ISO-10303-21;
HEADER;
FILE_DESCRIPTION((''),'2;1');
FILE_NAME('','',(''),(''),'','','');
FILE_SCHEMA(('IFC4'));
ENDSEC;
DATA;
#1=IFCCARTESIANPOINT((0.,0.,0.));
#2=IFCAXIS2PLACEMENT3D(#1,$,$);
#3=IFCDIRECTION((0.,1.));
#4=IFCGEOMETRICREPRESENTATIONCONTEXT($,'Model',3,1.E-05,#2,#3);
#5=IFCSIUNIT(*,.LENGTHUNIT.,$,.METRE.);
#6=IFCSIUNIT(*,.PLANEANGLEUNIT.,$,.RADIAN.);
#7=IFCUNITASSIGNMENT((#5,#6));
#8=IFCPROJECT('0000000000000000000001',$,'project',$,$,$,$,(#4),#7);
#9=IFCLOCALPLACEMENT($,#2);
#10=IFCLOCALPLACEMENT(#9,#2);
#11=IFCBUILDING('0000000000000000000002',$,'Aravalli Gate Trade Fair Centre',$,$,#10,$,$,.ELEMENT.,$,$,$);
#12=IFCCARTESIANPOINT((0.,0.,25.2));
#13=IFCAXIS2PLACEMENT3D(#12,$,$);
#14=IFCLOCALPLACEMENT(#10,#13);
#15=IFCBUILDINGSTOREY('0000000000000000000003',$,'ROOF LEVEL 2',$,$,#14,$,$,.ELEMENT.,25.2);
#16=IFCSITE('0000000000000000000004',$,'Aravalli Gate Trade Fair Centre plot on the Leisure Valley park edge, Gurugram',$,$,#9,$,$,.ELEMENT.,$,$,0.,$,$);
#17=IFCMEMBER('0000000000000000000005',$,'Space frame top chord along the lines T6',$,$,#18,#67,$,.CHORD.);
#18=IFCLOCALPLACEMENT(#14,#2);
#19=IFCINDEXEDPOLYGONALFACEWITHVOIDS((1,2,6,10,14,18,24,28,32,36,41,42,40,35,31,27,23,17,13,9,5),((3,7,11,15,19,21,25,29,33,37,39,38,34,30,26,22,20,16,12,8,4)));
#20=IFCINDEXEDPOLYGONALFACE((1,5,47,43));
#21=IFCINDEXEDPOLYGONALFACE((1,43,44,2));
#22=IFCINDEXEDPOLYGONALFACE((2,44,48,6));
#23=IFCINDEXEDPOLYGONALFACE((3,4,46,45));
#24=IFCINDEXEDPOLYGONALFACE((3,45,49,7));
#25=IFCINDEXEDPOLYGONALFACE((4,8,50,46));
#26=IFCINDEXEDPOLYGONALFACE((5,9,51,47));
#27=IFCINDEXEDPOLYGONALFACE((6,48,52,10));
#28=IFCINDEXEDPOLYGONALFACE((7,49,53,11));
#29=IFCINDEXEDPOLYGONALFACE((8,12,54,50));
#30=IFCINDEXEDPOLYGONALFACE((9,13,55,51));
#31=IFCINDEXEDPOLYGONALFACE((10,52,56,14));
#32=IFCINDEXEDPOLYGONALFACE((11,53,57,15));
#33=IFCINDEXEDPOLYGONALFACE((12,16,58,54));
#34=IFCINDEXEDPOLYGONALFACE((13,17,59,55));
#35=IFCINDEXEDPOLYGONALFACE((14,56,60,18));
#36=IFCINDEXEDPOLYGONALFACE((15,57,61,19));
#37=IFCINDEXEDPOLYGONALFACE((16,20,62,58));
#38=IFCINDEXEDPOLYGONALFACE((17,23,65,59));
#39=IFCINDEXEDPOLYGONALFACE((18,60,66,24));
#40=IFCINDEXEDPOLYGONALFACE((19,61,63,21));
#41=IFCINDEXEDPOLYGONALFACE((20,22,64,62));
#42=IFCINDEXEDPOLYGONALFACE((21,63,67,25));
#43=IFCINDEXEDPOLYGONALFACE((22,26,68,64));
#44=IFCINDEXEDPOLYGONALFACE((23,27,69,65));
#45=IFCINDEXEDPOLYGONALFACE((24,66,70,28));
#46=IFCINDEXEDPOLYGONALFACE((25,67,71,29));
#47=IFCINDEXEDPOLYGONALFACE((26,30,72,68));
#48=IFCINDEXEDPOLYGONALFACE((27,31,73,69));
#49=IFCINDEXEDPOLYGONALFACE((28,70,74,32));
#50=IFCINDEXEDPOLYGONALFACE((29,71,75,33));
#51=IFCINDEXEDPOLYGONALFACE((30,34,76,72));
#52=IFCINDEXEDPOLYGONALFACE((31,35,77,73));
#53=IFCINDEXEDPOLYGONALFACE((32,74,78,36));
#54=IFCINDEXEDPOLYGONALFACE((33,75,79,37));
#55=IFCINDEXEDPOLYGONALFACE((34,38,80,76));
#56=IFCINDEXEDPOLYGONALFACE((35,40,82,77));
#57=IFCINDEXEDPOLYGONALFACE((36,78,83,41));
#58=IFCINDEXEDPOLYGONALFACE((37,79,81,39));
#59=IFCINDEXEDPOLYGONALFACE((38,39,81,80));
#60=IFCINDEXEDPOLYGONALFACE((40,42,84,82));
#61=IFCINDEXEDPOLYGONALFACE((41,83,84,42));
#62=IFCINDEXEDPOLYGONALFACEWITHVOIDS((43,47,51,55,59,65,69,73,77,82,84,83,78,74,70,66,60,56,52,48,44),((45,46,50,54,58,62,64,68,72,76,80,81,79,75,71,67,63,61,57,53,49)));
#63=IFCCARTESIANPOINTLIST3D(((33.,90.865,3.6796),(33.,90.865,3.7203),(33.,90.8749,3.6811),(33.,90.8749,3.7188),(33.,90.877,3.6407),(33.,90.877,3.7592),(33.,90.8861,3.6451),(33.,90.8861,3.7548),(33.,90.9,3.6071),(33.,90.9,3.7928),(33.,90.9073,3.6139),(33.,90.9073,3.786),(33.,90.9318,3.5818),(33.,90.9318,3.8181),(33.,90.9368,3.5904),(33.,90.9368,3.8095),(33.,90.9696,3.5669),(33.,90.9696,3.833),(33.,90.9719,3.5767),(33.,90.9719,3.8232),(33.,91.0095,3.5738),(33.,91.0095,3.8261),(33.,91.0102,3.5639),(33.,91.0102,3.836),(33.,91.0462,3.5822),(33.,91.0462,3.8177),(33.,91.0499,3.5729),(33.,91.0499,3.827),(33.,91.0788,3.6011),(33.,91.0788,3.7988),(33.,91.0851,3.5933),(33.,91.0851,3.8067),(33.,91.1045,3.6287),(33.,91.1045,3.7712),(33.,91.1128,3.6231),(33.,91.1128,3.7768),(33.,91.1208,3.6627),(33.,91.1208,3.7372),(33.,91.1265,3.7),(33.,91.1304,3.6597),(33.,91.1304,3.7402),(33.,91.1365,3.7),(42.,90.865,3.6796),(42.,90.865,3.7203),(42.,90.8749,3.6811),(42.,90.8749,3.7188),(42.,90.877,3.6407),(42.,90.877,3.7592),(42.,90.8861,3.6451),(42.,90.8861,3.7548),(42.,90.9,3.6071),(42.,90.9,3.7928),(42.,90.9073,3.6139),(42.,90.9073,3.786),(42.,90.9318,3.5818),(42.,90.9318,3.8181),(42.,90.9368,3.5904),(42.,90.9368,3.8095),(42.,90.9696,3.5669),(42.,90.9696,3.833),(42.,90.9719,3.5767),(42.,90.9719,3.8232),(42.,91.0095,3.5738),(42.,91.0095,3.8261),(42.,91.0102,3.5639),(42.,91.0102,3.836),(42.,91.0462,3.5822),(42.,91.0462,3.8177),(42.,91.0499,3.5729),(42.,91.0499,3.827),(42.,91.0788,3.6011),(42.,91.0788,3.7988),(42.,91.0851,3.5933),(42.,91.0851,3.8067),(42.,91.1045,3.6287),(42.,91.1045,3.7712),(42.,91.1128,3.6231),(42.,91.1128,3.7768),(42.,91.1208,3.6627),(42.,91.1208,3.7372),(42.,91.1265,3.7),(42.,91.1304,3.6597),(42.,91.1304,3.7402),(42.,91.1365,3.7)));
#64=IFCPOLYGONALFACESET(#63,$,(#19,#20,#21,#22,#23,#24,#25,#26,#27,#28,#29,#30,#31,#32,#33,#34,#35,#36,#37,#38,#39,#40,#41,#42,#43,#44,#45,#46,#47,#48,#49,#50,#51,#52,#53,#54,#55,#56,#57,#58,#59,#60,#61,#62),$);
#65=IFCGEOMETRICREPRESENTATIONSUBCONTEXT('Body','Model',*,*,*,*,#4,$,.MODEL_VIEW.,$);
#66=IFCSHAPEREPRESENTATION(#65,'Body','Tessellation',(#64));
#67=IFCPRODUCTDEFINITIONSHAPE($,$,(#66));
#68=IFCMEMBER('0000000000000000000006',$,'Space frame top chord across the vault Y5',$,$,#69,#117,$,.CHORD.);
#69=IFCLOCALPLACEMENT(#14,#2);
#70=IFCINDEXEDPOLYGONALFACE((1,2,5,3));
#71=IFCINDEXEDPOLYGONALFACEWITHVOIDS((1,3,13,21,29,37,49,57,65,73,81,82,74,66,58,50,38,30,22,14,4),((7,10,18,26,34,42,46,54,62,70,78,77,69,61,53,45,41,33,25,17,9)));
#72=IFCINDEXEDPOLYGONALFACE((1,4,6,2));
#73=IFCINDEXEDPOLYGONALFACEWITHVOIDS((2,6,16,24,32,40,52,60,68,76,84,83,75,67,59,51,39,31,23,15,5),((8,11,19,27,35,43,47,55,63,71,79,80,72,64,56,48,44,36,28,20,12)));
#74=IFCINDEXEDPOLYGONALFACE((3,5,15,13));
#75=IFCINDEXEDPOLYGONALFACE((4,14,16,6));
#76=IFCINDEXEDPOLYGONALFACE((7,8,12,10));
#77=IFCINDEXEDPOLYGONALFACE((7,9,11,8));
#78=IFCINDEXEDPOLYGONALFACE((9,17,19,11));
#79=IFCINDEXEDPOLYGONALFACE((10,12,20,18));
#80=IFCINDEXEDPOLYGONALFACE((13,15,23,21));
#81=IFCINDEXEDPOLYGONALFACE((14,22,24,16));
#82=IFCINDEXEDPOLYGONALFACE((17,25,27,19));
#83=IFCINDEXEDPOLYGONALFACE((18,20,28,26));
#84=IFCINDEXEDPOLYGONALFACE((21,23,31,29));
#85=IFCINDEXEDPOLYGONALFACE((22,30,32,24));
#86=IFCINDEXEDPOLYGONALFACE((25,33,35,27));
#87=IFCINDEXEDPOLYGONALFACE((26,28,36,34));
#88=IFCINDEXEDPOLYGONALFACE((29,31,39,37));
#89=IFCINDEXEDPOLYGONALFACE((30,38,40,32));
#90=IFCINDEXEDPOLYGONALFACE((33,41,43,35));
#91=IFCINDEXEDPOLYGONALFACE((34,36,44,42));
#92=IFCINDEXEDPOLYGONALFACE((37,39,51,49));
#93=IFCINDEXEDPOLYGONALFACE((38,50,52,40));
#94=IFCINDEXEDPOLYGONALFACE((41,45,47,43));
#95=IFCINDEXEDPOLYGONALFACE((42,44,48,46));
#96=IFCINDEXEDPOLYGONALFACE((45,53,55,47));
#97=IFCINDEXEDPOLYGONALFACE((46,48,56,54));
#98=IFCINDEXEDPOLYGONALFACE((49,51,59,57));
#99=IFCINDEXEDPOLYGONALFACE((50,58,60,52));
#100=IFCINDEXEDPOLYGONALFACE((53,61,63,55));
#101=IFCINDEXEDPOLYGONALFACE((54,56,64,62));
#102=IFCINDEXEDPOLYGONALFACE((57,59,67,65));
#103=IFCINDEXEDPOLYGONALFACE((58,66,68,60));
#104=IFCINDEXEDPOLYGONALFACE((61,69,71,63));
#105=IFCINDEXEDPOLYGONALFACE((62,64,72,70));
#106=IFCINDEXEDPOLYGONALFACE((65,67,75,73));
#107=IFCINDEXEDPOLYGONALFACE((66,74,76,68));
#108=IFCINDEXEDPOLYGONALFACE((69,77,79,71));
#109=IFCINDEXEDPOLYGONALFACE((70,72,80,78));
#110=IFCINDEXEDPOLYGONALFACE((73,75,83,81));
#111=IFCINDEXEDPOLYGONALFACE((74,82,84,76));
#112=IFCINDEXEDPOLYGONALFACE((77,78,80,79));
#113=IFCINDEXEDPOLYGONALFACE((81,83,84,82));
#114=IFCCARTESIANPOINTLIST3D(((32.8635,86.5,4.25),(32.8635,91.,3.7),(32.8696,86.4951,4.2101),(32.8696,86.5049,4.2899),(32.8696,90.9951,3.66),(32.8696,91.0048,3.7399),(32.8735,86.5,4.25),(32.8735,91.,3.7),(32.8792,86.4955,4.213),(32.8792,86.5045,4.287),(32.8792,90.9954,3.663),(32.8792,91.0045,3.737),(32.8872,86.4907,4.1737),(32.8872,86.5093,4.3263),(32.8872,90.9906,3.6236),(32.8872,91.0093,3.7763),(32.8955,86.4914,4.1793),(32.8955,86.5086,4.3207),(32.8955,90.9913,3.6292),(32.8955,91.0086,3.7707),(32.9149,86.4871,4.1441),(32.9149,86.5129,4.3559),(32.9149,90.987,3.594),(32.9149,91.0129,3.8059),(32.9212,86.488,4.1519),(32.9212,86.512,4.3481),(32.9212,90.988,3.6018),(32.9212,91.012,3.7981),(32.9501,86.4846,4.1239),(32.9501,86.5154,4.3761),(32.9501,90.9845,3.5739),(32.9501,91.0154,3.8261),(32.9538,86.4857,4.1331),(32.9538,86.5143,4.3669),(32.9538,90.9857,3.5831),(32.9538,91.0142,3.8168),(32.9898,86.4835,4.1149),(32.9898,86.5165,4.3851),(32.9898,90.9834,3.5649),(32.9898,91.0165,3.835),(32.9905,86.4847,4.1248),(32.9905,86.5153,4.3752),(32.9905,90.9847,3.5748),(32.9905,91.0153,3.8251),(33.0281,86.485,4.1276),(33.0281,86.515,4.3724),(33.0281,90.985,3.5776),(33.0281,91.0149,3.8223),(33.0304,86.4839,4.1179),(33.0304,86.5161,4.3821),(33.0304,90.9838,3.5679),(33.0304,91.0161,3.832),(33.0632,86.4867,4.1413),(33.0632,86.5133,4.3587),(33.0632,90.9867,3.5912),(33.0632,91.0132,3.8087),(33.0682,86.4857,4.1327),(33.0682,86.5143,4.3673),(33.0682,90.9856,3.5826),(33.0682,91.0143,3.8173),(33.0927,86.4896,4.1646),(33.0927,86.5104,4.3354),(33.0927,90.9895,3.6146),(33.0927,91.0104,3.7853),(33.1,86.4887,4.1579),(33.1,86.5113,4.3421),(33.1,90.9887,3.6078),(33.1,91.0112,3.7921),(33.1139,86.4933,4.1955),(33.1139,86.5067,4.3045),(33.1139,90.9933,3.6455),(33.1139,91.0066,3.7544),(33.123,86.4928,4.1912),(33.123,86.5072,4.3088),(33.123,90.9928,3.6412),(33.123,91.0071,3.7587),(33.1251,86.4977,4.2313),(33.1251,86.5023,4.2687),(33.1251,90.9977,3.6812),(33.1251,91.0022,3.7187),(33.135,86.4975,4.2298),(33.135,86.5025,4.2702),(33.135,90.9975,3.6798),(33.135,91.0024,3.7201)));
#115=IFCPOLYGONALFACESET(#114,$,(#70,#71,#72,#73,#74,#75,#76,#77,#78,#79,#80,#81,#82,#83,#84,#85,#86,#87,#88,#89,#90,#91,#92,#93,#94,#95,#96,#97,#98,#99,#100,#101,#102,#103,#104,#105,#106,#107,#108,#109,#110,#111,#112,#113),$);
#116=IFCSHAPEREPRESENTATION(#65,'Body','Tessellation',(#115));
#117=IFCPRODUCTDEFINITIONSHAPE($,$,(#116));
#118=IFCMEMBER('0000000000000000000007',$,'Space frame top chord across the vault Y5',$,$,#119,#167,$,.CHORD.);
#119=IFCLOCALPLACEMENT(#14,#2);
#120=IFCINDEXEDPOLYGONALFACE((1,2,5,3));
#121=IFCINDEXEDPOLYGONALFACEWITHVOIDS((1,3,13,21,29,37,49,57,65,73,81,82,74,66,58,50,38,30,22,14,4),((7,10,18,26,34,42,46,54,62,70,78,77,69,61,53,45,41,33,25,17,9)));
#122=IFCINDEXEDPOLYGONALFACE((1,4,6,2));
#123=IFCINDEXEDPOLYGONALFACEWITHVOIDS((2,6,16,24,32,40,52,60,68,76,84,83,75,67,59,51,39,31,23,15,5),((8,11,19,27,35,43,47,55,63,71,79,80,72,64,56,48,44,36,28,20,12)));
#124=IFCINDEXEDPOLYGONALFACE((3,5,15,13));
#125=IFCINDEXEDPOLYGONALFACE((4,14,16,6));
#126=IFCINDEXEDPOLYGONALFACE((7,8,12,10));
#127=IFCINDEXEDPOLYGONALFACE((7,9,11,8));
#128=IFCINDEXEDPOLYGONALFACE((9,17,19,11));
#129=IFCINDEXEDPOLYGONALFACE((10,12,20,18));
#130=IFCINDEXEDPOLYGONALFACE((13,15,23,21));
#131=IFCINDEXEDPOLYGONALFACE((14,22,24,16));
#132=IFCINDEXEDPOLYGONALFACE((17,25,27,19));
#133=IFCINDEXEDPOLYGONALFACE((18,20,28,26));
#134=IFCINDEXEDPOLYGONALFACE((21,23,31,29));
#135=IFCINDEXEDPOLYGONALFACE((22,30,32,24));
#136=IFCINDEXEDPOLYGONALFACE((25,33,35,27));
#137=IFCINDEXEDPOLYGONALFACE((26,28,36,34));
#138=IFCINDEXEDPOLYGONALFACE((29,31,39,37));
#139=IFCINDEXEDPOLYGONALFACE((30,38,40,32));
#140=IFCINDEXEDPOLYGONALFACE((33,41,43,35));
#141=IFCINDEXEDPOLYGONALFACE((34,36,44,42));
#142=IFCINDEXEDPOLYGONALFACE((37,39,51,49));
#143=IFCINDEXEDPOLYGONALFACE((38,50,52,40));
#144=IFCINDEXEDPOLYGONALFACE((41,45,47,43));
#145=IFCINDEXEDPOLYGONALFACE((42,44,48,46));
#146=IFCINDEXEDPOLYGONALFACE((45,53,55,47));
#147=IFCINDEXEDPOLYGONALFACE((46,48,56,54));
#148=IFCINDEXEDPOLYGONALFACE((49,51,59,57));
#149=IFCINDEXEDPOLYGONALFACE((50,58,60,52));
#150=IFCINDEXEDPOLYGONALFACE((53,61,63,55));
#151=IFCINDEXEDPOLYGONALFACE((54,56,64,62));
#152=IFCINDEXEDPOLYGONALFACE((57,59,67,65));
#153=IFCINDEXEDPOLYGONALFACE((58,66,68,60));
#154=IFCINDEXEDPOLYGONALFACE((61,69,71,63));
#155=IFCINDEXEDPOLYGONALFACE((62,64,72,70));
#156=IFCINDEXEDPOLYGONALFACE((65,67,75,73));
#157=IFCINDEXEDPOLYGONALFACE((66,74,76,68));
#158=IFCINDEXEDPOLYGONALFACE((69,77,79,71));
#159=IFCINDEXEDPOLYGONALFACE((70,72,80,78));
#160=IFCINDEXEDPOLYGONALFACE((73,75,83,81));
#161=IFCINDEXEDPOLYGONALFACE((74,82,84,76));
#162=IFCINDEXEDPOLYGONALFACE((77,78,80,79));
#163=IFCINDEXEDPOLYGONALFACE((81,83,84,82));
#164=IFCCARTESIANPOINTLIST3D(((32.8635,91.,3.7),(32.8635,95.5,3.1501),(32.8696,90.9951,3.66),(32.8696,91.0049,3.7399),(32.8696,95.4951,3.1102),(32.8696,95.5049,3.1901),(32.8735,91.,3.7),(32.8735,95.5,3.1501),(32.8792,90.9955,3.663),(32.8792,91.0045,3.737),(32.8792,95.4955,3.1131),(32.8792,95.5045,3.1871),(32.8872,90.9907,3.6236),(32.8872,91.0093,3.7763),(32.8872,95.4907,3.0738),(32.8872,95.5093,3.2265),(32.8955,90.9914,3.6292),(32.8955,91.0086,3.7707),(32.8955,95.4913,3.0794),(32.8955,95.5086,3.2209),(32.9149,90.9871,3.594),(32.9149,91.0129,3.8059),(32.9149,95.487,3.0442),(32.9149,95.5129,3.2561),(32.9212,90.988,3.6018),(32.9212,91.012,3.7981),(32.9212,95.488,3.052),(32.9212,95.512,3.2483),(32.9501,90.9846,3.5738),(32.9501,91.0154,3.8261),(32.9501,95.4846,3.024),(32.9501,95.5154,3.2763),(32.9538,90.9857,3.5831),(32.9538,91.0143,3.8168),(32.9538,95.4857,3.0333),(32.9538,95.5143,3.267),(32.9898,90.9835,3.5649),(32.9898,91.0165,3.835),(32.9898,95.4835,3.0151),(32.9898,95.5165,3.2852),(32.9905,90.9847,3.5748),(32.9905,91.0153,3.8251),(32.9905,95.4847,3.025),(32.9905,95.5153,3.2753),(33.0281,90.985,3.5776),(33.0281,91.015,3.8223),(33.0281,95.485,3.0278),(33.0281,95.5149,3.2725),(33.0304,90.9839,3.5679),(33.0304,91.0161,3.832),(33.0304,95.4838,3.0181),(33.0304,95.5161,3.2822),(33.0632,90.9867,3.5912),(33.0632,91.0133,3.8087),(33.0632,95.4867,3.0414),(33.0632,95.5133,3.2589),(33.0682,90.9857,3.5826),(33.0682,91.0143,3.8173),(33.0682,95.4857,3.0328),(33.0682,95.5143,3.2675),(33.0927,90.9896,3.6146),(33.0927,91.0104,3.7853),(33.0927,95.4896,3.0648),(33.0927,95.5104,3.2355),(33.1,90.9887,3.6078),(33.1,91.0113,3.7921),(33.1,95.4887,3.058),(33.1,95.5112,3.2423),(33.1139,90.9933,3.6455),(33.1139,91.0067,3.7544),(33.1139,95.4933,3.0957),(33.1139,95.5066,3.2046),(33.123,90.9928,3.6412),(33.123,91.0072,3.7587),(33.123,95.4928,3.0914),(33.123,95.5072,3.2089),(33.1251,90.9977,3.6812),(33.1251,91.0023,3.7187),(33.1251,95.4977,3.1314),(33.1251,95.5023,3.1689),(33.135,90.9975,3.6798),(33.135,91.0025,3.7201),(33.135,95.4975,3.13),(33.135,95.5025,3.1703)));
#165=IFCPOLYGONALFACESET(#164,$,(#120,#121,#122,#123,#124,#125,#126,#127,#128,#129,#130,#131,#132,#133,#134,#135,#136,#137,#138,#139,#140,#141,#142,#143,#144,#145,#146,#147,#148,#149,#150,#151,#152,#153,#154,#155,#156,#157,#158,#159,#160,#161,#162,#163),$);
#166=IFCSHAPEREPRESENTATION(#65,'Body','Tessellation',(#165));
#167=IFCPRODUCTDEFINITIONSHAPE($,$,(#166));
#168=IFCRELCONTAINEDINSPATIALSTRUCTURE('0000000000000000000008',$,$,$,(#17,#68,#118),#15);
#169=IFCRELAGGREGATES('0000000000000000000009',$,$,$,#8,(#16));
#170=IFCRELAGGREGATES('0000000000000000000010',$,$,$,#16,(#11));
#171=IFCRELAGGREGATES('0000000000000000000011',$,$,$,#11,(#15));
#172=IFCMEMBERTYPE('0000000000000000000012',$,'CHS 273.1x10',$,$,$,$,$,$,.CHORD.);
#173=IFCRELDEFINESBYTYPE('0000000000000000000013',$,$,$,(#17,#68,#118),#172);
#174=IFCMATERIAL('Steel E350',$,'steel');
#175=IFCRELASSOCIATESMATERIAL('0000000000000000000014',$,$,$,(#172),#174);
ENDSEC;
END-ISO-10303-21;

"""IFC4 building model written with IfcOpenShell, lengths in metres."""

from ifc_helpers import new_model, si_unit, direction, frame, origin, origin_2d, place, context, subcontext, project, spatial, hollow_circle, extrude, material, material_profile, profile_set, type_object, element, save


model = new_model("IFC4")

# Units and contexts
model_context = context("Model", 3, precision=1e-05, world=origin(), true_north=direction((0.0, 1.0)))
body_context = subcontext(model_context, "Body", "Model", "MODEL_VIEW")
ifc_project = project(units=[si_unit("LENGTHUNIT", "METRE"), si_unit("PLANEANGLEUNIT", "RADIAN")], contexts=[model_context])

# Site, building, storey
site_placement = place(None, origin())
site = spatial("IfcSite", under=ifc_project, at=site_placement, Name="Aravalli Gate Trade Fair Centre plot on the Leisure Valley park edge, Gurugram", CompositionType="ELEMENT", RefElevation=0.0)
building_placement = place(site_placement, origin())
building = spatial("IfcBuilding", under=site, at=building_placement, Name="Aravalli Gate Trade Fair Centre", CompositionType="ELEMENT")
storey_placement = place(building_placement, frame((0.0, 0.0, 25.2)))
storey = spatial("IfcBuildingStorey", under=building, at=storey_placement, Name="ROOF LEVEL 2", CompositionType="ELEMENT", Elevation=25.2)

# Members
ifc_material_1 = material(Name="Steel E350", Category="steel")
ifc_material_profile_1 = material_profile(ifc_material_1, hollow_circle(Radius=0.1365, WallThickness=0.01, at=origin_2d()), Name="CHS 273.1x10")
ifc_profile_set_1 = profile_set([ifc_material_profile_1], Name="Steel E350")
member_type_1 = type_object("IfcMemberType", Name="CHS 273.1x10", PredefinedType="CHORD", material=ifc_profile_set_1)
for number, where, z_axis, x_axis, name in (
    (1, (33.0, 91.0, 3.7), (1.0, 0.0, 0.0), (0.0, 1.0, 0.0), "Space frame top chord along the lines T6"),
):
    element("IfcMember", number, at=place(storey_placement, frame(where, z_axis=z_axis, x_axis=x_axis)), inside=storey, type_object=member_type_1, Name=name, PredefinedType="CHORD", context=body_context, shape_type="SweptSolid", body=[
        extrude(hollow_circle(Radius=0.1365, WallThickness=0.01, at=origin_2d()), origin(), (0.0, 0.0, 1.0), 9.0),
    ])
for number, where, z_axis, x_axis, name in (
    (2, (33.0, 86.5, 4.25), (0.0, 0.992612, -0.12133), (-1.0, 0.0, 0.0), "Space frame top chord across the vault Y5"),
    (3, (33.0, 91.0, 3.7), (0.0, 0.992619, -0.121277), (-1.0, 0.0, 0.0), "Space frame top chord across the vault Y5"),
):
    element("IfcMember", number, at=place(storey_placement, frame(where, z_axis=z_axis, x_axis=x_axis)), inside=storey, type_object=member_type_1, Name=name, PredefinedType="CHORD", context=body_context, shape_type="SweptSolid", body=[
        extrude(hollow_circle(Radius=0.1365, WallThickness=0.01, at=origin_2d()), origin(), (0.0, 0.0, 1.0), 4.5334),
    ])

save(model, "model.ifc")
